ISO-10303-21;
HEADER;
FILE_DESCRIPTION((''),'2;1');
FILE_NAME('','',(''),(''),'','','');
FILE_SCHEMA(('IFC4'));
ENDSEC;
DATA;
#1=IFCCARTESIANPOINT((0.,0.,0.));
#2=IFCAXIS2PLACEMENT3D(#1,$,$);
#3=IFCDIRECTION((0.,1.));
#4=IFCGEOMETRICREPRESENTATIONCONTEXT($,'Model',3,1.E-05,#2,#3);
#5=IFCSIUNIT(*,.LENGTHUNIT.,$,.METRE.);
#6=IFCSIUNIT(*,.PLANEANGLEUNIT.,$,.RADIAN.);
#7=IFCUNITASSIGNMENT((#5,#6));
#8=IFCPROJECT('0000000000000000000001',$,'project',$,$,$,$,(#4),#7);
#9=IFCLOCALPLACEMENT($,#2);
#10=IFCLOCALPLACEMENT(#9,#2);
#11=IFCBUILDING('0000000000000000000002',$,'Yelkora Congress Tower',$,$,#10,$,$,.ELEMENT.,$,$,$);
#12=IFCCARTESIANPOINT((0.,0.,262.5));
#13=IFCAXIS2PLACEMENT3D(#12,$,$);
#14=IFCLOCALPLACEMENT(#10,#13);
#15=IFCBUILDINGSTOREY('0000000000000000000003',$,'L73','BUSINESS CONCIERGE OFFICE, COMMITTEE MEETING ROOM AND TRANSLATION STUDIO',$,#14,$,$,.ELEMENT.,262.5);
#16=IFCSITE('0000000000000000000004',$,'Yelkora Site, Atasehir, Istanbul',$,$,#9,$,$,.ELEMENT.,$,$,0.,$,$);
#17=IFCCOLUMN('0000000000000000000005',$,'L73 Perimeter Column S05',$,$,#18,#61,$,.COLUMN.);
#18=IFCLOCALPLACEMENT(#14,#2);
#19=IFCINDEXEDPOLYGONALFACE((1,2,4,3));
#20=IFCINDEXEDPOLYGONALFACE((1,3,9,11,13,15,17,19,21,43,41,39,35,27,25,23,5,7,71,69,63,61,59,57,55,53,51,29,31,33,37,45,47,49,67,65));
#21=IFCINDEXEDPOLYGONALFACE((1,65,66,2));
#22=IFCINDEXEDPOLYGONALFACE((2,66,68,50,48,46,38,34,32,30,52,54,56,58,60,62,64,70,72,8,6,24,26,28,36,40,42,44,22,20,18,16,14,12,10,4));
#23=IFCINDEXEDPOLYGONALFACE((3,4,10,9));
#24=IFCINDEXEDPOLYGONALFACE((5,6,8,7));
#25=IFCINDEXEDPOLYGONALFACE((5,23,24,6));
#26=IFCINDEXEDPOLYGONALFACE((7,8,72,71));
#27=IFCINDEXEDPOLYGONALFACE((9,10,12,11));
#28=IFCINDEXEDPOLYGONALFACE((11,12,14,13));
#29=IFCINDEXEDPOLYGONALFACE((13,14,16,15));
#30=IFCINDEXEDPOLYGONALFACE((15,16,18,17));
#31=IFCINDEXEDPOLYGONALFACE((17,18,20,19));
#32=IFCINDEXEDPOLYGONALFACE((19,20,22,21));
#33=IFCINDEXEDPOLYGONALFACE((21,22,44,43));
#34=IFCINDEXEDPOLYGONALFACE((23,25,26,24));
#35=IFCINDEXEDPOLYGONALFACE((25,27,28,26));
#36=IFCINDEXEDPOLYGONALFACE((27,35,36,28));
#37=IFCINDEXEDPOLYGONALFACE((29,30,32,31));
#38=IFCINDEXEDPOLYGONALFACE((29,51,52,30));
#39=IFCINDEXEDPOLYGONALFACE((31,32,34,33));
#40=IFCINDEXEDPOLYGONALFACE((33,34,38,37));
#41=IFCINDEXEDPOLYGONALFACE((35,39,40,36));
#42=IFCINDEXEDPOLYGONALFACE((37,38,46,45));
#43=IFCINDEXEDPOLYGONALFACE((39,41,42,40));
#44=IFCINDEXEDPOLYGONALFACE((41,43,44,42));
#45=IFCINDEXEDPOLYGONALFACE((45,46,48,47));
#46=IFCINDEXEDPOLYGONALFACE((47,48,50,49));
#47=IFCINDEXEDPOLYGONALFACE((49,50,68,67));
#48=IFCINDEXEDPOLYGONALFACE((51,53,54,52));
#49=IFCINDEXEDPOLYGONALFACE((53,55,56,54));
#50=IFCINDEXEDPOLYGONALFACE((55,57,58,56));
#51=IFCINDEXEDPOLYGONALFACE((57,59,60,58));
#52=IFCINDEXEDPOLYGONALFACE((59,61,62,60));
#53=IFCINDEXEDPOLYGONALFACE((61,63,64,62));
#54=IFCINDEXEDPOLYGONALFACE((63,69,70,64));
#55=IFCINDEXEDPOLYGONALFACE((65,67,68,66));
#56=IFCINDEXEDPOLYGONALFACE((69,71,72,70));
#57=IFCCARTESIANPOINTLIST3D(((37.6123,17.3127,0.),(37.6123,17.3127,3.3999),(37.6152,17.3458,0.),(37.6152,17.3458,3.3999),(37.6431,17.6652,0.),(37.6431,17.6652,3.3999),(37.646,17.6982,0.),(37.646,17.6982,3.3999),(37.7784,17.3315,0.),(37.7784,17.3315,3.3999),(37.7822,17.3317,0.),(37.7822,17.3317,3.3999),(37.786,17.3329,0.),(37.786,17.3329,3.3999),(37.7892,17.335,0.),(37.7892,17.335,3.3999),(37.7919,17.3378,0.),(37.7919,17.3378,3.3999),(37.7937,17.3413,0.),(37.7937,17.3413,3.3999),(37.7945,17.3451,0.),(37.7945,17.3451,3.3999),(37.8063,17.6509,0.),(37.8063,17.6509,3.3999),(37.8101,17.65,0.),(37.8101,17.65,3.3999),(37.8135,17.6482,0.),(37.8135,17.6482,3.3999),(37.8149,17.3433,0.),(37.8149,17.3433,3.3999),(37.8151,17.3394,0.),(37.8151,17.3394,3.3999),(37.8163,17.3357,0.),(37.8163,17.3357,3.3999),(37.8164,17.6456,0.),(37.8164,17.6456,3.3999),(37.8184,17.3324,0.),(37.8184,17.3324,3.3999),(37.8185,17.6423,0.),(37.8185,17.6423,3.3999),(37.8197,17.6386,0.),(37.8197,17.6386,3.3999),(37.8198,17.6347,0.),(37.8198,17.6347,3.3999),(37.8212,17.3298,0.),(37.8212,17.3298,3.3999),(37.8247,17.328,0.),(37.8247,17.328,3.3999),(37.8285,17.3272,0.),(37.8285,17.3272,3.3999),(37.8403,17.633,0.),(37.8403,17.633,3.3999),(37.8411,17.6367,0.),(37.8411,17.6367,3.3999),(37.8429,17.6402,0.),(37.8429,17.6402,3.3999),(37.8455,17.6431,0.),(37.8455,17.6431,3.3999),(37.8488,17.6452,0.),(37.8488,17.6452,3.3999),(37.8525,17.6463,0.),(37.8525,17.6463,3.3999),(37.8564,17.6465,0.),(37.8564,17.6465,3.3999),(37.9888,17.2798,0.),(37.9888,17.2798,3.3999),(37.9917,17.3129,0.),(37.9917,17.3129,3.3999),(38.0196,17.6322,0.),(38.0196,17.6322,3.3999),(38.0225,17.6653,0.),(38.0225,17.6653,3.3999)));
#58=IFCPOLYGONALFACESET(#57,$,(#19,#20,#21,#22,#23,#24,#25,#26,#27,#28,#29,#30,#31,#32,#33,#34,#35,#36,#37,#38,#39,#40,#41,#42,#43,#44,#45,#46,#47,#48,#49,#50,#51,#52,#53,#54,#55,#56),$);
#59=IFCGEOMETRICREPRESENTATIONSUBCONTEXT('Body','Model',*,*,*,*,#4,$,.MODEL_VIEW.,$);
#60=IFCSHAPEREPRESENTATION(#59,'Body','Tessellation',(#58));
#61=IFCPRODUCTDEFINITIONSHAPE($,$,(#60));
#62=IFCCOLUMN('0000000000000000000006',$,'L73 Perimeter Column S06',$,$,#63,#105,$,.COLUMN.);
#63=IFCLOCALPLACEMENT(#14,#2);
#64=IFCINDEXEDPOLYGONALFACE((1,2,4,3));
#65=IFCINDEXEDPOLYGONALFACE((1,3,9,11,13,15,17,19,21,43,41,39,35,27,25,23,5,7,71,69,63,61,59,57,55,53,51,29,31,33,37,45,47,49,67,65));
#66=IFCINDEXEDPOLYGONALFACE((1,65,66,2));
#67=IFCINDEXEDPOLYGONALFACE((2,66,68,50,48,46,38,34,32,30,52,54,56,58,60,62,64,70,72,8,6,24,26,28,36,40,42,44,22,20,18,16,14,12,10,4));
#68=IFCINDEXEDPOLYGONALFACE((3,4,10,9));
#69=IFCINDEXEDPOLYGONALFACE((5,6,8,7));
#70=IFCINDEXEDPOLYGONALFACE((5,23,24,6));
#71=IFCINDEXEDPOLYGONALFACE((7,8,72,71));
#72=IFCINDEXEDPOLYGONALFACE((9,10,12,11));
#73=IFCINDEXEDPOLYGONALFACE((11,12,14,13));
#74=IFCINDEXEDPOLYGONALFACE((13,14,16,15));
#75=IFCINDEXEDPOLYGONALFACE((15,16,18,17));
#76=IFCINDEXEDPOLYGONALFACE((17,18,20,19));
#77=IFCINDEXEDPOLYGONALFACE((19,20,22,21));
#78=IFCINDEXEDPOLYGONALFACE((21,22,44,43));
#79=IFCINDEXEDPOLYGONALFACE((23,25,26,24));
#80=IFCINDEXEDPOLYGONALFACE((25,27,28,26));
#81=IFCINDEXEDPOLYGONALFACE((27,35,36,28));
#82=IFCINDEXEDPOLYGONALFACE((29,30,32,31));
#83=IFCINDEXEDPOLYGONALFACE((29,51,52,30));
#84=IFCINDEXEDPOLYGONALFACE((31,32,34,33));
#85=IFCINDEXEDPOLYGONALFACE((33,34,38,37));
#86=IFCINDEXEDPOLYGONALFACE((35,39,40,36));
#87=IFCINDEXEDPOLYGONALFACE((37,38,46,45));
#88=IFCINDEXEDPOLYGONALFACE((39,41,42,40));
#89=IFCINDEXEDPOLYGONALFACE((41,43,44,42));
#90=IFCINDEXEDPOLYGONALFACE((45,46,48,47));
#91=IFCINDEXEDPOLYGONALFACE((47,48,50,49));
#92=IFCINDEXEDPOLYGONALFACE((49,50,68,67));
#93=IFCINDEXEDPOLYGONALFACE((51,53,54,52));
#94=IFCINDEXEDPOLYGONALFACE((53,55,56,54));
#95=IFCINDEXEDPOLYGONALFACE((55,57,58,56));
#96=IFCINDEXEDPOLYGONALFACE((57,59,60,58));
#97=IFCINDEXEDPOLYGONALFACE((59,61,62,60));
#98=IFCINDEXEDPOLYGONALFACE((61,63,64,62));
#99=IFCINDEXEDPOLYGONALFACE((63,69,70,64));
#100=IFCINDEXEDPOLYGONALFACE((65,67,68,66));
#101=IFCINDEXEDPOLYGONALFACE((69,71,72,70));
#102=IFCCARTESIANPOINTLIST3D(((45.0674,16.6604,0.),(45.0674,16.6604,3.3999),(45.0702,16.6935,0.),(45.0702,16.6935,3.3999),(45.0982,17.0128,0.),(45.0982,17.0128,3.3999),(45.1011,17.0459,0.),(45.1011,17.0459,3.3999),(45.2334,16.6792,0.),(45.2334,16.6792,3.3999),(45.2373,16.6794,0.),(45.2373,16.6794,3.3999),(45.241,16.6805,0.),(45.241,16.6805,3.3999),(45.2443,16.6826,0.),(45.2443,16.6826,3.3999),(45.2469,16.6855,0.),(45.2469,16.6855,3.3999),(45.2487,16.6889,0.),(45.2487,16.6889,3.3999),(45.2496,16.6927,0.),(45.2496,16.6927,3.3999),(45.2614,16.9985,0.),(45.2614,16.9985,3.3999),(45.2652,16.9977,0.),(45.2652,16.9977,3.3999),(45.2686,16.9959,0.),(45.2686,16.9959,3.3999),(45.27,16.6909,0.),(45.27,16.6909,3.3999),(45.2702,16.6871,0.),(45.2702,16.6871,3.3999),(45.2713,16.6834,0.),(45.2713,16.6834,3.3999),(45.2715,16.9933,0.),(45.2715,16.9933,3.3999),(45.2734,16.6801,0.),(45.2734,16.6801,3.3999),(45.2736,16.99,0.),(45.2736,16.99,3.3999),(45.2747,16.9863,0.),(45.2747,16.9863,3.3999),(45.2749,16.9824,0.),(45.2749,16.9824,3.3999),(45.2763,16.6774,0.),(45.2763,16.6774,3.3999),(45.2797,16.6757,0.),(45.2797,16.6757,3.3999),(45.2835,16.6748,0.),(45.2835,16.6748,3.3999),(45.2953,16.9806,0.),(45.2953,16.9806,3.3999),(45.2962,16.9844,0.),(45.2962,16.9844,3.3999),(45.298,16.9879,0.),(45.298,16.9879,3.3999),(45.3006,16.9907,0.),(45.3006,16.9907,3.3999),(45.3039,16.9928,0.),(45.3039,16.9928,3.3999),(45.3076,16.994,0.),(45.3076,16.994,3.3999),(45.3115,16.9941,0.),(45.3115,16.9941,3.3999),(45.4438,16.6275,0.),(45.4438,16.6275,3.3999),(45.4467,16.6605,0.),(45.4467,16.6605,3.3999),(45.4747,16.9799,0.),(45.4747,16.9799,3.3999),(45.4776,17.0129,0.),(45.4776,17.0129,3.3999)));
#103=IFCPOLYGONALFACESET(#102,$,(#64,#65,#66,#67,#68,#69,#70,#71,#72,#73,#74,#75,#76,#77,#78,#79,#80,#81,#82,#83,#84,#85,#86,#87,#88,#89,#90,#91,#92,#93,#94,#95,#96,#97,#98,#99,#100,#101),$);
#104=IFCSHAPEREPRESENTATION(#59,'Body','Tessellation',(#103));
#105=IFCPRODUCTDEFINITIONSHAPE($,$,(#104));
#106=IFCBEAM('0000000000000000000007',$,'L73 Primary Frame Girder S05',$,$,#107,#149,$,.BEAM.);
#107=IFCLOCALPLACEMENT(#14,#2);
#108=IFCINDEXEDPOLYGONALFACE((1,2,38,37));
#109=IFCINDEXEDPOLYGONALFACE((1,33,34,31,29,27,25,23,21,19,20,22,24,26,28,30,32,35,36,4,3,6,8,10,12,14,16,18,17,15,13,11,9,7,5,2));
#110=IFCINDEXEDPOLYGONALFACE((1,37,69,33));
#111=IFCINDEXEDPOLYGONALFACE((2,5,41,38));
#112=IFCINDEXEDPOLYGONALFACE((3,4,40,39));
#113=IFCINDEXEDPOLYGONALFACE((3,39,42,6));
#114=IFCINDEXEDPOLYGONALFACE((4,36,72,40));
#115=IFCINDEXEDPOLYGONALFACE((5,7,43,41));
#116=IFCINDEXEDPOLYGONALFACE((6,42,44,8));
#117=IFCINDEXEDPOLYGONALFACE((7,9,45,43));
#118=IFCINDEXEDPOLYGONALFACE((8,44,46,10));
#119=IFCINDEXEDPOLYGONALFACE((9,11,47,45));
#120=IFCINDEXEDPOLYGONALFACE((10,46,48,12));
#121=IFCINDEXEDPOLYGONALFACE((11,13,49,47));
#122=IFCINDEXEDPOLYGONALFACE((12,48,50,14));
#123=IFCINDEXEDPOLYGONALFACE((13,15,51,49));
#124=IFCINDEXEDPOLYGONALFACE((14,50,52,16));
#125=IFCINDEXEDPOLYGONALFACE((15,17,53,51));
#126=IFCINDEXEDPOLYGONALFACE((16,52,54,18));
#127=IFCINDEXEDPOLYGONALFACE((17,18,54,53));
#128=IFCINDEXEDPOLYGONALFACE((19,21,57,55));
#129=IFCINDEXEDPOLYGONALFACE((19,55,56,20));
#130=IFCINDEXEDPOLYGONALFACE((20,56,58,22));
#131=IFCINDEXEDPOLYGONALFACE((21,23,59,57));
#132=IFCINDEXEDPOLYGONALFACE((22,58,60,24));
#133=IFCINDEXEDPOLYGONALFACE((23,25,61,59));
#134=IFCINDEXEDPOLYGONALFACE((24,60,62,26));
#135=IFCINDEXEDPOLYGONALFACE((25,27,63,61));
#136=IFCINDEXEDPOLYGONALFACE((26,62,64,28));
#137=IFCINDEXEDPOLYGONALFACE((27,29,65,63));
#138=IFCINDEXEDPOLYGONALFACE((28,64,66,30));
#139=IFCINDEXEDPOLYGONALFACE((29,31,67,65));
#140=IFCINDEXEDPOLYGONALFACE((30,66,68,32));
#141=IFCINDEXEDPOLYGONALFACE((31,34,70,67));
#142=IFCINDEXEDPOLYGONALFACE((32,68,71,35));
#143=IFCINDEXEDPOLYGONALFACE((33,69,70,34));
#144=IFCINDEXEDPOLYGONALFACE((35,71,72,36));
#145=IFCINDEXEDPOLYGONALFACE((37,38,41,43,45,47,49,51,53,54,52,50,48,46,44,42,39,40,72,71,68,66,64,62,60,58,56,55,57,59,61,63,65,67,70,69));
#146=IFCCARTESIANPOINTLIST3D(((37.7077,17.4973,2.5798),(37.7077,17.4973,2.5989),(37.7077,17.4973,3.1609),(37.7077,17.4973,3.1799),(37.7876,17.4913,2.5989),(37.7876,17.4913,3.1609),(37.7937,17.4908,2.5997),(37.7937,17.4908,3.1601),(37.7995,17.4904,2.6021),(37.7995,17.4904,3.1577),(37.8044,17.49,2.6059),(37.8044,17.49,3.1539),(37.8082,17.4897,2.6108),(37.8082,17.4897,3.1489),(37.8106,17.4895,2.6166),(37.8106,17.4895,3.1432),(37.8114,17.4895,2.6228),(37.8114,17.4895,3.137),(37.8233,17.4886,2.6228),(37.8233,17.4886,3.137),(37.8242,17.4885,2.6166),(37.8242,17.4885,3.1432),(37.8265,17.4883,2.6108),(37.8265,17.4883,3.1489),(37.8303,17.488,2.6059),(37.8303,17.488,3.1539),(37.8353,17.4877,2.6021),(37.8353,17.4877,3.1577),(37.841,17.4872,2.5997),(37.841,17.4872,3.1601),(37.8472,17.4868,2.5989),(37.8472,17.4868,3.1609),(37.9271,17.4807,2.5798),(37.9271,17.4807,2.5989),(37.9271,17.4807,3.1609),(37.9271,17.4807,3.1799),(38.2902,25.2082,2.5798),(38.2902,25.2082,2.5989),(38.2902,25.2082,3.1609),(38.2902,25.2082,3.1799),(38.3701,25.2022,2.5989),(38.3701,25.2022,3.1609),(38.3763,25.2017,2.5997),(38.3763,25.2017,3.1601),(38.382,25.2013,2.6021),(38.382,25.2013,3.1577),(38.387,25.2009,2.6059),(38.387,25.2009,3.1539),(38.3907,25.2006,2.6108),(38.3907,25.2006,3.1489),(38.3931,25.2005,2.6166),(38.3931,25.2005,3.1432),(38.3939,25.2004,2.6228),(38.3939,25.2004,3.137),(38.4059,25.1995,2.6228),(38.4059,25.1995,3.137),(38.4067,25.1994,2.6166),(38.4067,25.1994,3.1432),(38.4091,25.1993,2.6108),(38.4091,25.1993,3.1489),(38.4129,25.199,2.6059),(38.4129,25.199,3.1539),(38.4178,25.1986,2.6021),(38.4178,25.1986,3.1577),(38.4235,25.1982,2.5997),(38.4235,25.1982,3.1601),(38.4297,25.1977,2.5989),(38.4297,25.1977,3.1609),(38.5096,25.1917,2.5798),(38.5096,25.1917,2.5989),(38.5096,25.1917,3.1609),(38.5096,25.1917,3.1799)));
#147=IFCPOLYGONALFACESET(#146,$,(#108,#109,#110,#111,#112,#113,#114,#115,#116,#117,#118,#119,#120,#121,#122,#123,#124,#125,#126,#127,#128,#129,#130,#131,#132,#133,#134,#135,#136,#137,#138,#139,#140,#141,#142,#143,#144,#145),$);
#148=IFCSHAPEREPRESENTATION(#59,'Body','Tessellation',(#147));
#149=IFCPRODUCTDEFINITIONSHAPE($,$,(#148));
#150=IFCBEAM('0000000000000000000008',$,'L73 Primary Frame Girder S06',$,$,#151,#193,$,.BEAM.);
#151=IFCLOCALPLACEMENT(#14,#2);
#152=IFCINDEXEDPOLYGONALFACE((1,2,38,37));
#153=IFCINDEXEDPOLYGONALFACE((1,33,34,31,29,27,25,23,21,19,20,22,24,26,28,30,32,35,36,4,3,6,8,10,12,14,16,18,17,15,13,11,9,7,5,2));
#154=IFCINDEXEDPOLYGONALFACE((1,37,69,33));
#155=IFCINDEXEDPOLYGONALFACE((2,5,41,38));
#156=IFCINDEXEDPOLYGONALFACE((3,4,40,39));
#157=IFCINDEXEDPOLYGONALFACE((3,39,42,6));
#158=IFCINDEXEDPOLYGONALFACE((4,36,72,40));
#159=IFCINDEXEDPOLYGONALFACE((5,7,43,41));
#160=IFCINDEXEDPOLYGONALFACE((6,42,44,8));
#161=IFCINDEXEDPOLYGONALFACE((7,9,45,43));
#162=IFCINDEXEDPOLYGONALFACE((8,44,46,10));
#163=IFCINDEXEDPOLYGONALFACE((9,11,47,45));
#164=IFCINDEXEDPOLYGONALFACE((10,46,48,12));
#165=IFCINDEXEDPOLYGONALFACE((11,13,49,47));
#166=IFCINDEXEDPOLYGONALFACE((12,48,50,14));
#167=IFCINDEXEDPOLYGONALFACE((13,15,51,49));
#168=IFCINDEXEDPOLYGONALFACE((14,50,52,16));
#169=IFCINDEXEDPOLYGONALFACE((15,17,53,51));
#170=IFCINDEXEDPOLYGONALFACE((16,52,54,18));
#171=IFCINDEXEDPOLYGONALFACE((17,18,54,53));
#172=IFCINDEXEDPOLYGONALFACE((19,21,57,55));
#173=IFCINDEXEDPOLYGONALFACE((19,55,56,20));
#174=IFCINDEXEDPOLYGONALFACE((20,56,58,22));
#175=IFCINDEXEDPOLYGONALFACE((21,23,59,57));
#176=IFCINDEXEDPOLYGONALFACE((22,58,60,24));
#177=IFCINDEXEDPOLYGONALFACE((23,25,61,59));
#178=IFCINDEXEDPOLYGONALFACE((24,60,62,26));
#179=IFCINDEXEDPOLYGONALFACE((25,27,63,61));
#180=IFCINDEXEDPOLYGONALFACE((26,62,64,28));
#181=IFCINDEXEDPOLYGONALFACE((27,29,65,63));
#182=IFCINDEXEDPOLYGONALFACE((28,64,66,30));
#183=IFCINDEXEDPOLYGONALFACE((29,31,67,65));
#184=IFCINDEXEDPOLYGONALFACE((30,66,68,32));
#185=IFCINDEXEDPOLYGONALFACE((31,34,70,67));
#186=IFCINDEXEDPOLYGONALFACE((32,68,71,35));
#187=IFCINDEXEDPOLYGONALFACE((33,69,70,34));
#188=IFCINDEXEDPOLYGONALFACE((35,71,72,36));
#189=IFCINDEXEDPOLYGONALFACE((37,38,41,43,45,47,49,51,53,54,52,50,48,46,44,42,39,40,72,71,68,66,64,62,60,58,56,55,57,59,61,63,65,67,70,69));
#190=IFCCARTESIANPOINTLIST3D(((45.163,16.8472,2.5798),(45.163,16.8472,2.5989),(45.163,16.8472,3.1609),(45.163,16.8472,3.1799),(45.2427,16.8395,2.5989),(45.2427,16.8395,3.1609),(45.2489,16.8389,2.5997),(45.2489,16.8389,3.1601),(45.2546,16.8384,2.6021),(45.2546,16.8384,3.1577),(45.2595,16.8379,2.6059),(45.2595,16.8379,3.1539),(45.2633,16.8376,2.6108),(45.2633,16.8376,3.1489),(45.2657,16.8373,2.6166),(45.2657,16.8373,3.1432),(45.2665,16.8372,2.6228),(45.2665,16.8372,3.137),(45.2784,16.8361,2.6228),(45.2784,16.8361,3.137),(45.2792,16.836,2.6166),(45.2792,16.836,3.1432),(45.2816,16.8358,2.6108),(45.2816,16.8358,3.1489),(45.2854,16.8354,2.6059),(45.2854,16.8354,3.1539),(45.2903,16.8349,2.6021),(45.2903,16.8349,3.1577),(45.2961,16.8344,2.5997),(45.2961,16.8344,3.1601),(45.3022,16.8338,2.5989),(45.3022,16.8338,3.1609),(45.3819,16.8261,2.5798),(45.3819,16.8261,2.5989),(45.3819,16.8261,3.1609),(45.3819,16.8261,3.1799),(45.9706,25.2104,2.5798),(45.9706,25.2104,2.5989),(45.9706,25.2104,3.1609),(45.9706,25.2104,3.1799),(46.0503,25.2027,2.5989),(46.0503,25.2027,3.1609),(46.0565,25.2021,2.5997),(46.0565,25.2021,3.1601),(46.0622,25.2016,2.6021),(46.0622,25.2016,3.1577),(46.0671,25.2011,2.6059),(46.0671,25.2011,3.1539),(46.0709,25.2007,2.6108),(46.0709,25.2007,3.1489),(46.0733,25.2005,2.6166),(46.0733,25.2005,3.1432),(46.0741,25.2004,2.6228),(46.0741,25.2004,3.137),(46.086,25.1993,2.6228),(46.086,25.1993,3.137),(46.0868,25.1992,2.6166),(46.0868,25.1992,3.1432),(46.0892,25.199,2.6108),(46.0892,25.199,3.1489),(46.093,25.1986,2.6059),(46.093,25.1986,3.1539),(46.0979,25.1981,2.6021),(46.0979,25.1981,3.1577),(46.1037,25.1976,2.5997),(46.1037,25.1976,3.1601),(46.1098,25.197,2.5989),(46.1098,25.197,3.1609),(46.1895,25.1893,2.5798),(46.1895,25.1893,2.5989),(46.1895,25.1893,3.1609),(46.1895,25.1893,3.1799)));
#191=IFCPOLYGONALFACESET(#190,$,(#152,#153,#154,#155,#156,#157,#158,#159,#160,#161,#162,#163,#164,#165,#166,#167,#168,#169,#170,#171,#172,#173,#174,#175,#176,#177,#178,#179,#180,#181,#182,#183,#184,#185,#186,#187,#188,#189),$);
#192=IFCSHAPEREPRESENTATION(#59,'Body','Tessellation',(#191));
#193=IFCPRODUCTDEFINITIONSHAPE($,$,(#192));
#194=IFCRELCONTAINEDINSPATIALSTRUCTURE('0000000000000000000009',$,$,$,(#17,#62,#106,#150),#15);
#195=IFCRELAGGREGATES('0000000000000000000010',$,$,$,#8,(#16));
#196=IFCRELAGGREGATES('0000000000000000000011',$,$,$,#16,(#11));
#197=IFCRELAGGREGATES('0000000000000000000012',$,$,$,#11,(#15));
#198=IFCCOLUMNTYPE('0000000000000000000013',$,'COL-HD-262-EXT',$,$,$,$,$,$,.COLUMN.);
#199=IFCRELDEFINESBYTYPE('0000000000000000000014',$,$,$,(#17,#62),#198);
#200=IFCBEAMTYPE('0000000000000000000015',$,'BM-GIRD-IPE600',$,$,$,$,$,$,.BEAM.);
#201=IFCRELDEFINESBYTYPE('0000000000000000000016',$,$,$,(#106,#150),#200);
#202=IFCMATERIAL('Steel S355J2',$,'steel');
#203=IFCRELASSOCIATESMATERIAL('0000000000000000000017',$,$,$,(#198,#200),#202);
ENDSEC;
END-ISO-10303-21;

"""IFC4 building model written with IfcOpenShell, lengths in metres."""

from ifc_helpers import new_model, si_unit, direction, frame, origin, origin_2d, place, context, subcontext, project, spatial, i_section, extrude, material, material_profile, profile_set, type_object, element, save


model = new_model("IFC4")

# Units and contexts
model_context = context("Model", 3, precision=1e-05, world=origin(), true_north=direction((0.0, 1.0)))
body_context = subcontext(model_context, "Body", "Model", "MODEL_VIEW")
ifc_project = project(units=[si_unit("LENGTHUNIT", "METRE"), si_unit("PLANEANGLEUNIT", "RADIAN")], contexts=[model_context])

# Site, building, storey
site_placement = place(None, origin())
site = spatial("IfcSite", under=ifc_project, at=site_placement, Name="Yelkora Site, Atasehir, Istanbul", CompositionType="ELEMENT", RefElevation=0.0)
building_placement = place(site_placement, origin())
building = spatial("IfcBuilding", under=site, at=building_placement, Name="Yelkora Congress Tower", CompositionType="ELEMENT")
storey_placement = place(building_placement, frame((0.0, 0.0, 262.5)))
storey = spatial("IfcBuildingStorey", under=building, at=storey_placement, Name="L73", Description="BUSINESS CONCIERGE OFFICE, COMMITTEE MEETING ROOM AND TRANSLATION STUDIO", CompositionType="ELEMENT", Elevation=262.5)

# Columns
ifc_material_1 = material(Name="Steel S355J2", Category="steel")
ifc_material_profile_1 = material_profile(ifc_material_1, i_section(OverallWidth=0.3779, OverallDepth=0.387, WebThickness=0.0205, FlangeThickness=0.0332, FilletRadius=0.0149, at=origin_2d()), Name="HD 360x262")
ifc_profile_set_1 = profile_set([ifc_material_profile_1], Name="Steel S355J2")
column_type = type_object("IfcColumnType", Name="COL-HD-262-EXT", PredefinedType="COLUMN", material=ifc_profile_set_1)
for number, where, z_axis, x_axis, name in (
    (1, (37.8174, 17.489, 0.0), (0.0, 0.0, 1.0), (0.996195, -0.087156, 0.0), "L73 Perimeter Column S05"),
    (2, (45.2725, 16.8367, 0.0), (0.0, 0.0, 1.0), (0.996195, -0.087156, 0.0), "L73 Perimeter Column S06"),
):
    element("IfcColumn", number, at=place(storey_placement, frame(where, z_axis=z_axis, x_axis=x_axis)), inside=storey, type_object=column_type, Name=name, PredefinedType="COLUMN", context=body_context, shape_type="SweptSolid", body=[
        extrude(i_section(OverallWidth=0.3779, OverallDepth=0.387, WebThickness=0.0205, FlangeThickness=0.0332, FilletRadius=0.0149, at=origin_2d()), origin(), (0.0, 0.0, 1.0), 3.3999),
    ])

# Beams
ifc_material_profile_2 = material_profile(ifc_material_1, i_section(OverallWidth=0.22, OverallDepth=0.6001, WebThickness=0.012, FlangeThickness=0.019, FilletRadius=0.0239, at=origin_2d()), Name="IPE 600")
ifc_profile_set_2 = profile_set([ifc_material_profile_2], Name="Steel S355J2")
beam_type_1 = type_object("IfcBeamType", Name="BM-GIRD-IPE600", PredefinedType="BEAM", material=ifc_profile_set_2)
beam_1_placement = place(storey_placement, frame((37.8174, 17.489, 2.8799), z_axis=(0.07533, 0.997159, 0.0), x_axis=(-0.997159, 0.07533, 0.0)))
element("IfcBeam", 3, at=beam_1_placement, inside=storey, type_object=beam_type_1, Name="L73 Primary Frame Girder S05", PredefinedType="BEAM", context=body_context, shape_type="SweptSolid", body=[
    extrude(i_section(OverallWidth=0.22, OverallDepth=0.6001, WebThickness=0.012, FlangeThickness=0.019, FilletRadius=0.0239, at=origin_2d()), origin(), (0.0, 0.0, 1.0), 7.7329),
])
beam_2_placement = place(storey_placement, frame((45.2725, 16.8367, 2.8799), z_axis=(0.09612, 0.99537, 0.0), x_axis=(-0.99537, 0.09612, 0.0)))
element("IfcBeam", 4, at=beam_2_placement, inside=storey, type_object=beam_type_1, Name="L73 Primary Frame Girder S06", PredefinedType="BEAM", context=body_context, shape_type="SweptSolid", body=[
    extrude(i_section(OverallWidth=0.22, OverallDepth=0.6001, WebThickness=0.012, FlangeThickness=0.019, FilletRadius=0.0239, at=origin_2d()), origin(), (0.0, 0.0, 1.0), 8.4021),
])

save(model, "model.ifc")
